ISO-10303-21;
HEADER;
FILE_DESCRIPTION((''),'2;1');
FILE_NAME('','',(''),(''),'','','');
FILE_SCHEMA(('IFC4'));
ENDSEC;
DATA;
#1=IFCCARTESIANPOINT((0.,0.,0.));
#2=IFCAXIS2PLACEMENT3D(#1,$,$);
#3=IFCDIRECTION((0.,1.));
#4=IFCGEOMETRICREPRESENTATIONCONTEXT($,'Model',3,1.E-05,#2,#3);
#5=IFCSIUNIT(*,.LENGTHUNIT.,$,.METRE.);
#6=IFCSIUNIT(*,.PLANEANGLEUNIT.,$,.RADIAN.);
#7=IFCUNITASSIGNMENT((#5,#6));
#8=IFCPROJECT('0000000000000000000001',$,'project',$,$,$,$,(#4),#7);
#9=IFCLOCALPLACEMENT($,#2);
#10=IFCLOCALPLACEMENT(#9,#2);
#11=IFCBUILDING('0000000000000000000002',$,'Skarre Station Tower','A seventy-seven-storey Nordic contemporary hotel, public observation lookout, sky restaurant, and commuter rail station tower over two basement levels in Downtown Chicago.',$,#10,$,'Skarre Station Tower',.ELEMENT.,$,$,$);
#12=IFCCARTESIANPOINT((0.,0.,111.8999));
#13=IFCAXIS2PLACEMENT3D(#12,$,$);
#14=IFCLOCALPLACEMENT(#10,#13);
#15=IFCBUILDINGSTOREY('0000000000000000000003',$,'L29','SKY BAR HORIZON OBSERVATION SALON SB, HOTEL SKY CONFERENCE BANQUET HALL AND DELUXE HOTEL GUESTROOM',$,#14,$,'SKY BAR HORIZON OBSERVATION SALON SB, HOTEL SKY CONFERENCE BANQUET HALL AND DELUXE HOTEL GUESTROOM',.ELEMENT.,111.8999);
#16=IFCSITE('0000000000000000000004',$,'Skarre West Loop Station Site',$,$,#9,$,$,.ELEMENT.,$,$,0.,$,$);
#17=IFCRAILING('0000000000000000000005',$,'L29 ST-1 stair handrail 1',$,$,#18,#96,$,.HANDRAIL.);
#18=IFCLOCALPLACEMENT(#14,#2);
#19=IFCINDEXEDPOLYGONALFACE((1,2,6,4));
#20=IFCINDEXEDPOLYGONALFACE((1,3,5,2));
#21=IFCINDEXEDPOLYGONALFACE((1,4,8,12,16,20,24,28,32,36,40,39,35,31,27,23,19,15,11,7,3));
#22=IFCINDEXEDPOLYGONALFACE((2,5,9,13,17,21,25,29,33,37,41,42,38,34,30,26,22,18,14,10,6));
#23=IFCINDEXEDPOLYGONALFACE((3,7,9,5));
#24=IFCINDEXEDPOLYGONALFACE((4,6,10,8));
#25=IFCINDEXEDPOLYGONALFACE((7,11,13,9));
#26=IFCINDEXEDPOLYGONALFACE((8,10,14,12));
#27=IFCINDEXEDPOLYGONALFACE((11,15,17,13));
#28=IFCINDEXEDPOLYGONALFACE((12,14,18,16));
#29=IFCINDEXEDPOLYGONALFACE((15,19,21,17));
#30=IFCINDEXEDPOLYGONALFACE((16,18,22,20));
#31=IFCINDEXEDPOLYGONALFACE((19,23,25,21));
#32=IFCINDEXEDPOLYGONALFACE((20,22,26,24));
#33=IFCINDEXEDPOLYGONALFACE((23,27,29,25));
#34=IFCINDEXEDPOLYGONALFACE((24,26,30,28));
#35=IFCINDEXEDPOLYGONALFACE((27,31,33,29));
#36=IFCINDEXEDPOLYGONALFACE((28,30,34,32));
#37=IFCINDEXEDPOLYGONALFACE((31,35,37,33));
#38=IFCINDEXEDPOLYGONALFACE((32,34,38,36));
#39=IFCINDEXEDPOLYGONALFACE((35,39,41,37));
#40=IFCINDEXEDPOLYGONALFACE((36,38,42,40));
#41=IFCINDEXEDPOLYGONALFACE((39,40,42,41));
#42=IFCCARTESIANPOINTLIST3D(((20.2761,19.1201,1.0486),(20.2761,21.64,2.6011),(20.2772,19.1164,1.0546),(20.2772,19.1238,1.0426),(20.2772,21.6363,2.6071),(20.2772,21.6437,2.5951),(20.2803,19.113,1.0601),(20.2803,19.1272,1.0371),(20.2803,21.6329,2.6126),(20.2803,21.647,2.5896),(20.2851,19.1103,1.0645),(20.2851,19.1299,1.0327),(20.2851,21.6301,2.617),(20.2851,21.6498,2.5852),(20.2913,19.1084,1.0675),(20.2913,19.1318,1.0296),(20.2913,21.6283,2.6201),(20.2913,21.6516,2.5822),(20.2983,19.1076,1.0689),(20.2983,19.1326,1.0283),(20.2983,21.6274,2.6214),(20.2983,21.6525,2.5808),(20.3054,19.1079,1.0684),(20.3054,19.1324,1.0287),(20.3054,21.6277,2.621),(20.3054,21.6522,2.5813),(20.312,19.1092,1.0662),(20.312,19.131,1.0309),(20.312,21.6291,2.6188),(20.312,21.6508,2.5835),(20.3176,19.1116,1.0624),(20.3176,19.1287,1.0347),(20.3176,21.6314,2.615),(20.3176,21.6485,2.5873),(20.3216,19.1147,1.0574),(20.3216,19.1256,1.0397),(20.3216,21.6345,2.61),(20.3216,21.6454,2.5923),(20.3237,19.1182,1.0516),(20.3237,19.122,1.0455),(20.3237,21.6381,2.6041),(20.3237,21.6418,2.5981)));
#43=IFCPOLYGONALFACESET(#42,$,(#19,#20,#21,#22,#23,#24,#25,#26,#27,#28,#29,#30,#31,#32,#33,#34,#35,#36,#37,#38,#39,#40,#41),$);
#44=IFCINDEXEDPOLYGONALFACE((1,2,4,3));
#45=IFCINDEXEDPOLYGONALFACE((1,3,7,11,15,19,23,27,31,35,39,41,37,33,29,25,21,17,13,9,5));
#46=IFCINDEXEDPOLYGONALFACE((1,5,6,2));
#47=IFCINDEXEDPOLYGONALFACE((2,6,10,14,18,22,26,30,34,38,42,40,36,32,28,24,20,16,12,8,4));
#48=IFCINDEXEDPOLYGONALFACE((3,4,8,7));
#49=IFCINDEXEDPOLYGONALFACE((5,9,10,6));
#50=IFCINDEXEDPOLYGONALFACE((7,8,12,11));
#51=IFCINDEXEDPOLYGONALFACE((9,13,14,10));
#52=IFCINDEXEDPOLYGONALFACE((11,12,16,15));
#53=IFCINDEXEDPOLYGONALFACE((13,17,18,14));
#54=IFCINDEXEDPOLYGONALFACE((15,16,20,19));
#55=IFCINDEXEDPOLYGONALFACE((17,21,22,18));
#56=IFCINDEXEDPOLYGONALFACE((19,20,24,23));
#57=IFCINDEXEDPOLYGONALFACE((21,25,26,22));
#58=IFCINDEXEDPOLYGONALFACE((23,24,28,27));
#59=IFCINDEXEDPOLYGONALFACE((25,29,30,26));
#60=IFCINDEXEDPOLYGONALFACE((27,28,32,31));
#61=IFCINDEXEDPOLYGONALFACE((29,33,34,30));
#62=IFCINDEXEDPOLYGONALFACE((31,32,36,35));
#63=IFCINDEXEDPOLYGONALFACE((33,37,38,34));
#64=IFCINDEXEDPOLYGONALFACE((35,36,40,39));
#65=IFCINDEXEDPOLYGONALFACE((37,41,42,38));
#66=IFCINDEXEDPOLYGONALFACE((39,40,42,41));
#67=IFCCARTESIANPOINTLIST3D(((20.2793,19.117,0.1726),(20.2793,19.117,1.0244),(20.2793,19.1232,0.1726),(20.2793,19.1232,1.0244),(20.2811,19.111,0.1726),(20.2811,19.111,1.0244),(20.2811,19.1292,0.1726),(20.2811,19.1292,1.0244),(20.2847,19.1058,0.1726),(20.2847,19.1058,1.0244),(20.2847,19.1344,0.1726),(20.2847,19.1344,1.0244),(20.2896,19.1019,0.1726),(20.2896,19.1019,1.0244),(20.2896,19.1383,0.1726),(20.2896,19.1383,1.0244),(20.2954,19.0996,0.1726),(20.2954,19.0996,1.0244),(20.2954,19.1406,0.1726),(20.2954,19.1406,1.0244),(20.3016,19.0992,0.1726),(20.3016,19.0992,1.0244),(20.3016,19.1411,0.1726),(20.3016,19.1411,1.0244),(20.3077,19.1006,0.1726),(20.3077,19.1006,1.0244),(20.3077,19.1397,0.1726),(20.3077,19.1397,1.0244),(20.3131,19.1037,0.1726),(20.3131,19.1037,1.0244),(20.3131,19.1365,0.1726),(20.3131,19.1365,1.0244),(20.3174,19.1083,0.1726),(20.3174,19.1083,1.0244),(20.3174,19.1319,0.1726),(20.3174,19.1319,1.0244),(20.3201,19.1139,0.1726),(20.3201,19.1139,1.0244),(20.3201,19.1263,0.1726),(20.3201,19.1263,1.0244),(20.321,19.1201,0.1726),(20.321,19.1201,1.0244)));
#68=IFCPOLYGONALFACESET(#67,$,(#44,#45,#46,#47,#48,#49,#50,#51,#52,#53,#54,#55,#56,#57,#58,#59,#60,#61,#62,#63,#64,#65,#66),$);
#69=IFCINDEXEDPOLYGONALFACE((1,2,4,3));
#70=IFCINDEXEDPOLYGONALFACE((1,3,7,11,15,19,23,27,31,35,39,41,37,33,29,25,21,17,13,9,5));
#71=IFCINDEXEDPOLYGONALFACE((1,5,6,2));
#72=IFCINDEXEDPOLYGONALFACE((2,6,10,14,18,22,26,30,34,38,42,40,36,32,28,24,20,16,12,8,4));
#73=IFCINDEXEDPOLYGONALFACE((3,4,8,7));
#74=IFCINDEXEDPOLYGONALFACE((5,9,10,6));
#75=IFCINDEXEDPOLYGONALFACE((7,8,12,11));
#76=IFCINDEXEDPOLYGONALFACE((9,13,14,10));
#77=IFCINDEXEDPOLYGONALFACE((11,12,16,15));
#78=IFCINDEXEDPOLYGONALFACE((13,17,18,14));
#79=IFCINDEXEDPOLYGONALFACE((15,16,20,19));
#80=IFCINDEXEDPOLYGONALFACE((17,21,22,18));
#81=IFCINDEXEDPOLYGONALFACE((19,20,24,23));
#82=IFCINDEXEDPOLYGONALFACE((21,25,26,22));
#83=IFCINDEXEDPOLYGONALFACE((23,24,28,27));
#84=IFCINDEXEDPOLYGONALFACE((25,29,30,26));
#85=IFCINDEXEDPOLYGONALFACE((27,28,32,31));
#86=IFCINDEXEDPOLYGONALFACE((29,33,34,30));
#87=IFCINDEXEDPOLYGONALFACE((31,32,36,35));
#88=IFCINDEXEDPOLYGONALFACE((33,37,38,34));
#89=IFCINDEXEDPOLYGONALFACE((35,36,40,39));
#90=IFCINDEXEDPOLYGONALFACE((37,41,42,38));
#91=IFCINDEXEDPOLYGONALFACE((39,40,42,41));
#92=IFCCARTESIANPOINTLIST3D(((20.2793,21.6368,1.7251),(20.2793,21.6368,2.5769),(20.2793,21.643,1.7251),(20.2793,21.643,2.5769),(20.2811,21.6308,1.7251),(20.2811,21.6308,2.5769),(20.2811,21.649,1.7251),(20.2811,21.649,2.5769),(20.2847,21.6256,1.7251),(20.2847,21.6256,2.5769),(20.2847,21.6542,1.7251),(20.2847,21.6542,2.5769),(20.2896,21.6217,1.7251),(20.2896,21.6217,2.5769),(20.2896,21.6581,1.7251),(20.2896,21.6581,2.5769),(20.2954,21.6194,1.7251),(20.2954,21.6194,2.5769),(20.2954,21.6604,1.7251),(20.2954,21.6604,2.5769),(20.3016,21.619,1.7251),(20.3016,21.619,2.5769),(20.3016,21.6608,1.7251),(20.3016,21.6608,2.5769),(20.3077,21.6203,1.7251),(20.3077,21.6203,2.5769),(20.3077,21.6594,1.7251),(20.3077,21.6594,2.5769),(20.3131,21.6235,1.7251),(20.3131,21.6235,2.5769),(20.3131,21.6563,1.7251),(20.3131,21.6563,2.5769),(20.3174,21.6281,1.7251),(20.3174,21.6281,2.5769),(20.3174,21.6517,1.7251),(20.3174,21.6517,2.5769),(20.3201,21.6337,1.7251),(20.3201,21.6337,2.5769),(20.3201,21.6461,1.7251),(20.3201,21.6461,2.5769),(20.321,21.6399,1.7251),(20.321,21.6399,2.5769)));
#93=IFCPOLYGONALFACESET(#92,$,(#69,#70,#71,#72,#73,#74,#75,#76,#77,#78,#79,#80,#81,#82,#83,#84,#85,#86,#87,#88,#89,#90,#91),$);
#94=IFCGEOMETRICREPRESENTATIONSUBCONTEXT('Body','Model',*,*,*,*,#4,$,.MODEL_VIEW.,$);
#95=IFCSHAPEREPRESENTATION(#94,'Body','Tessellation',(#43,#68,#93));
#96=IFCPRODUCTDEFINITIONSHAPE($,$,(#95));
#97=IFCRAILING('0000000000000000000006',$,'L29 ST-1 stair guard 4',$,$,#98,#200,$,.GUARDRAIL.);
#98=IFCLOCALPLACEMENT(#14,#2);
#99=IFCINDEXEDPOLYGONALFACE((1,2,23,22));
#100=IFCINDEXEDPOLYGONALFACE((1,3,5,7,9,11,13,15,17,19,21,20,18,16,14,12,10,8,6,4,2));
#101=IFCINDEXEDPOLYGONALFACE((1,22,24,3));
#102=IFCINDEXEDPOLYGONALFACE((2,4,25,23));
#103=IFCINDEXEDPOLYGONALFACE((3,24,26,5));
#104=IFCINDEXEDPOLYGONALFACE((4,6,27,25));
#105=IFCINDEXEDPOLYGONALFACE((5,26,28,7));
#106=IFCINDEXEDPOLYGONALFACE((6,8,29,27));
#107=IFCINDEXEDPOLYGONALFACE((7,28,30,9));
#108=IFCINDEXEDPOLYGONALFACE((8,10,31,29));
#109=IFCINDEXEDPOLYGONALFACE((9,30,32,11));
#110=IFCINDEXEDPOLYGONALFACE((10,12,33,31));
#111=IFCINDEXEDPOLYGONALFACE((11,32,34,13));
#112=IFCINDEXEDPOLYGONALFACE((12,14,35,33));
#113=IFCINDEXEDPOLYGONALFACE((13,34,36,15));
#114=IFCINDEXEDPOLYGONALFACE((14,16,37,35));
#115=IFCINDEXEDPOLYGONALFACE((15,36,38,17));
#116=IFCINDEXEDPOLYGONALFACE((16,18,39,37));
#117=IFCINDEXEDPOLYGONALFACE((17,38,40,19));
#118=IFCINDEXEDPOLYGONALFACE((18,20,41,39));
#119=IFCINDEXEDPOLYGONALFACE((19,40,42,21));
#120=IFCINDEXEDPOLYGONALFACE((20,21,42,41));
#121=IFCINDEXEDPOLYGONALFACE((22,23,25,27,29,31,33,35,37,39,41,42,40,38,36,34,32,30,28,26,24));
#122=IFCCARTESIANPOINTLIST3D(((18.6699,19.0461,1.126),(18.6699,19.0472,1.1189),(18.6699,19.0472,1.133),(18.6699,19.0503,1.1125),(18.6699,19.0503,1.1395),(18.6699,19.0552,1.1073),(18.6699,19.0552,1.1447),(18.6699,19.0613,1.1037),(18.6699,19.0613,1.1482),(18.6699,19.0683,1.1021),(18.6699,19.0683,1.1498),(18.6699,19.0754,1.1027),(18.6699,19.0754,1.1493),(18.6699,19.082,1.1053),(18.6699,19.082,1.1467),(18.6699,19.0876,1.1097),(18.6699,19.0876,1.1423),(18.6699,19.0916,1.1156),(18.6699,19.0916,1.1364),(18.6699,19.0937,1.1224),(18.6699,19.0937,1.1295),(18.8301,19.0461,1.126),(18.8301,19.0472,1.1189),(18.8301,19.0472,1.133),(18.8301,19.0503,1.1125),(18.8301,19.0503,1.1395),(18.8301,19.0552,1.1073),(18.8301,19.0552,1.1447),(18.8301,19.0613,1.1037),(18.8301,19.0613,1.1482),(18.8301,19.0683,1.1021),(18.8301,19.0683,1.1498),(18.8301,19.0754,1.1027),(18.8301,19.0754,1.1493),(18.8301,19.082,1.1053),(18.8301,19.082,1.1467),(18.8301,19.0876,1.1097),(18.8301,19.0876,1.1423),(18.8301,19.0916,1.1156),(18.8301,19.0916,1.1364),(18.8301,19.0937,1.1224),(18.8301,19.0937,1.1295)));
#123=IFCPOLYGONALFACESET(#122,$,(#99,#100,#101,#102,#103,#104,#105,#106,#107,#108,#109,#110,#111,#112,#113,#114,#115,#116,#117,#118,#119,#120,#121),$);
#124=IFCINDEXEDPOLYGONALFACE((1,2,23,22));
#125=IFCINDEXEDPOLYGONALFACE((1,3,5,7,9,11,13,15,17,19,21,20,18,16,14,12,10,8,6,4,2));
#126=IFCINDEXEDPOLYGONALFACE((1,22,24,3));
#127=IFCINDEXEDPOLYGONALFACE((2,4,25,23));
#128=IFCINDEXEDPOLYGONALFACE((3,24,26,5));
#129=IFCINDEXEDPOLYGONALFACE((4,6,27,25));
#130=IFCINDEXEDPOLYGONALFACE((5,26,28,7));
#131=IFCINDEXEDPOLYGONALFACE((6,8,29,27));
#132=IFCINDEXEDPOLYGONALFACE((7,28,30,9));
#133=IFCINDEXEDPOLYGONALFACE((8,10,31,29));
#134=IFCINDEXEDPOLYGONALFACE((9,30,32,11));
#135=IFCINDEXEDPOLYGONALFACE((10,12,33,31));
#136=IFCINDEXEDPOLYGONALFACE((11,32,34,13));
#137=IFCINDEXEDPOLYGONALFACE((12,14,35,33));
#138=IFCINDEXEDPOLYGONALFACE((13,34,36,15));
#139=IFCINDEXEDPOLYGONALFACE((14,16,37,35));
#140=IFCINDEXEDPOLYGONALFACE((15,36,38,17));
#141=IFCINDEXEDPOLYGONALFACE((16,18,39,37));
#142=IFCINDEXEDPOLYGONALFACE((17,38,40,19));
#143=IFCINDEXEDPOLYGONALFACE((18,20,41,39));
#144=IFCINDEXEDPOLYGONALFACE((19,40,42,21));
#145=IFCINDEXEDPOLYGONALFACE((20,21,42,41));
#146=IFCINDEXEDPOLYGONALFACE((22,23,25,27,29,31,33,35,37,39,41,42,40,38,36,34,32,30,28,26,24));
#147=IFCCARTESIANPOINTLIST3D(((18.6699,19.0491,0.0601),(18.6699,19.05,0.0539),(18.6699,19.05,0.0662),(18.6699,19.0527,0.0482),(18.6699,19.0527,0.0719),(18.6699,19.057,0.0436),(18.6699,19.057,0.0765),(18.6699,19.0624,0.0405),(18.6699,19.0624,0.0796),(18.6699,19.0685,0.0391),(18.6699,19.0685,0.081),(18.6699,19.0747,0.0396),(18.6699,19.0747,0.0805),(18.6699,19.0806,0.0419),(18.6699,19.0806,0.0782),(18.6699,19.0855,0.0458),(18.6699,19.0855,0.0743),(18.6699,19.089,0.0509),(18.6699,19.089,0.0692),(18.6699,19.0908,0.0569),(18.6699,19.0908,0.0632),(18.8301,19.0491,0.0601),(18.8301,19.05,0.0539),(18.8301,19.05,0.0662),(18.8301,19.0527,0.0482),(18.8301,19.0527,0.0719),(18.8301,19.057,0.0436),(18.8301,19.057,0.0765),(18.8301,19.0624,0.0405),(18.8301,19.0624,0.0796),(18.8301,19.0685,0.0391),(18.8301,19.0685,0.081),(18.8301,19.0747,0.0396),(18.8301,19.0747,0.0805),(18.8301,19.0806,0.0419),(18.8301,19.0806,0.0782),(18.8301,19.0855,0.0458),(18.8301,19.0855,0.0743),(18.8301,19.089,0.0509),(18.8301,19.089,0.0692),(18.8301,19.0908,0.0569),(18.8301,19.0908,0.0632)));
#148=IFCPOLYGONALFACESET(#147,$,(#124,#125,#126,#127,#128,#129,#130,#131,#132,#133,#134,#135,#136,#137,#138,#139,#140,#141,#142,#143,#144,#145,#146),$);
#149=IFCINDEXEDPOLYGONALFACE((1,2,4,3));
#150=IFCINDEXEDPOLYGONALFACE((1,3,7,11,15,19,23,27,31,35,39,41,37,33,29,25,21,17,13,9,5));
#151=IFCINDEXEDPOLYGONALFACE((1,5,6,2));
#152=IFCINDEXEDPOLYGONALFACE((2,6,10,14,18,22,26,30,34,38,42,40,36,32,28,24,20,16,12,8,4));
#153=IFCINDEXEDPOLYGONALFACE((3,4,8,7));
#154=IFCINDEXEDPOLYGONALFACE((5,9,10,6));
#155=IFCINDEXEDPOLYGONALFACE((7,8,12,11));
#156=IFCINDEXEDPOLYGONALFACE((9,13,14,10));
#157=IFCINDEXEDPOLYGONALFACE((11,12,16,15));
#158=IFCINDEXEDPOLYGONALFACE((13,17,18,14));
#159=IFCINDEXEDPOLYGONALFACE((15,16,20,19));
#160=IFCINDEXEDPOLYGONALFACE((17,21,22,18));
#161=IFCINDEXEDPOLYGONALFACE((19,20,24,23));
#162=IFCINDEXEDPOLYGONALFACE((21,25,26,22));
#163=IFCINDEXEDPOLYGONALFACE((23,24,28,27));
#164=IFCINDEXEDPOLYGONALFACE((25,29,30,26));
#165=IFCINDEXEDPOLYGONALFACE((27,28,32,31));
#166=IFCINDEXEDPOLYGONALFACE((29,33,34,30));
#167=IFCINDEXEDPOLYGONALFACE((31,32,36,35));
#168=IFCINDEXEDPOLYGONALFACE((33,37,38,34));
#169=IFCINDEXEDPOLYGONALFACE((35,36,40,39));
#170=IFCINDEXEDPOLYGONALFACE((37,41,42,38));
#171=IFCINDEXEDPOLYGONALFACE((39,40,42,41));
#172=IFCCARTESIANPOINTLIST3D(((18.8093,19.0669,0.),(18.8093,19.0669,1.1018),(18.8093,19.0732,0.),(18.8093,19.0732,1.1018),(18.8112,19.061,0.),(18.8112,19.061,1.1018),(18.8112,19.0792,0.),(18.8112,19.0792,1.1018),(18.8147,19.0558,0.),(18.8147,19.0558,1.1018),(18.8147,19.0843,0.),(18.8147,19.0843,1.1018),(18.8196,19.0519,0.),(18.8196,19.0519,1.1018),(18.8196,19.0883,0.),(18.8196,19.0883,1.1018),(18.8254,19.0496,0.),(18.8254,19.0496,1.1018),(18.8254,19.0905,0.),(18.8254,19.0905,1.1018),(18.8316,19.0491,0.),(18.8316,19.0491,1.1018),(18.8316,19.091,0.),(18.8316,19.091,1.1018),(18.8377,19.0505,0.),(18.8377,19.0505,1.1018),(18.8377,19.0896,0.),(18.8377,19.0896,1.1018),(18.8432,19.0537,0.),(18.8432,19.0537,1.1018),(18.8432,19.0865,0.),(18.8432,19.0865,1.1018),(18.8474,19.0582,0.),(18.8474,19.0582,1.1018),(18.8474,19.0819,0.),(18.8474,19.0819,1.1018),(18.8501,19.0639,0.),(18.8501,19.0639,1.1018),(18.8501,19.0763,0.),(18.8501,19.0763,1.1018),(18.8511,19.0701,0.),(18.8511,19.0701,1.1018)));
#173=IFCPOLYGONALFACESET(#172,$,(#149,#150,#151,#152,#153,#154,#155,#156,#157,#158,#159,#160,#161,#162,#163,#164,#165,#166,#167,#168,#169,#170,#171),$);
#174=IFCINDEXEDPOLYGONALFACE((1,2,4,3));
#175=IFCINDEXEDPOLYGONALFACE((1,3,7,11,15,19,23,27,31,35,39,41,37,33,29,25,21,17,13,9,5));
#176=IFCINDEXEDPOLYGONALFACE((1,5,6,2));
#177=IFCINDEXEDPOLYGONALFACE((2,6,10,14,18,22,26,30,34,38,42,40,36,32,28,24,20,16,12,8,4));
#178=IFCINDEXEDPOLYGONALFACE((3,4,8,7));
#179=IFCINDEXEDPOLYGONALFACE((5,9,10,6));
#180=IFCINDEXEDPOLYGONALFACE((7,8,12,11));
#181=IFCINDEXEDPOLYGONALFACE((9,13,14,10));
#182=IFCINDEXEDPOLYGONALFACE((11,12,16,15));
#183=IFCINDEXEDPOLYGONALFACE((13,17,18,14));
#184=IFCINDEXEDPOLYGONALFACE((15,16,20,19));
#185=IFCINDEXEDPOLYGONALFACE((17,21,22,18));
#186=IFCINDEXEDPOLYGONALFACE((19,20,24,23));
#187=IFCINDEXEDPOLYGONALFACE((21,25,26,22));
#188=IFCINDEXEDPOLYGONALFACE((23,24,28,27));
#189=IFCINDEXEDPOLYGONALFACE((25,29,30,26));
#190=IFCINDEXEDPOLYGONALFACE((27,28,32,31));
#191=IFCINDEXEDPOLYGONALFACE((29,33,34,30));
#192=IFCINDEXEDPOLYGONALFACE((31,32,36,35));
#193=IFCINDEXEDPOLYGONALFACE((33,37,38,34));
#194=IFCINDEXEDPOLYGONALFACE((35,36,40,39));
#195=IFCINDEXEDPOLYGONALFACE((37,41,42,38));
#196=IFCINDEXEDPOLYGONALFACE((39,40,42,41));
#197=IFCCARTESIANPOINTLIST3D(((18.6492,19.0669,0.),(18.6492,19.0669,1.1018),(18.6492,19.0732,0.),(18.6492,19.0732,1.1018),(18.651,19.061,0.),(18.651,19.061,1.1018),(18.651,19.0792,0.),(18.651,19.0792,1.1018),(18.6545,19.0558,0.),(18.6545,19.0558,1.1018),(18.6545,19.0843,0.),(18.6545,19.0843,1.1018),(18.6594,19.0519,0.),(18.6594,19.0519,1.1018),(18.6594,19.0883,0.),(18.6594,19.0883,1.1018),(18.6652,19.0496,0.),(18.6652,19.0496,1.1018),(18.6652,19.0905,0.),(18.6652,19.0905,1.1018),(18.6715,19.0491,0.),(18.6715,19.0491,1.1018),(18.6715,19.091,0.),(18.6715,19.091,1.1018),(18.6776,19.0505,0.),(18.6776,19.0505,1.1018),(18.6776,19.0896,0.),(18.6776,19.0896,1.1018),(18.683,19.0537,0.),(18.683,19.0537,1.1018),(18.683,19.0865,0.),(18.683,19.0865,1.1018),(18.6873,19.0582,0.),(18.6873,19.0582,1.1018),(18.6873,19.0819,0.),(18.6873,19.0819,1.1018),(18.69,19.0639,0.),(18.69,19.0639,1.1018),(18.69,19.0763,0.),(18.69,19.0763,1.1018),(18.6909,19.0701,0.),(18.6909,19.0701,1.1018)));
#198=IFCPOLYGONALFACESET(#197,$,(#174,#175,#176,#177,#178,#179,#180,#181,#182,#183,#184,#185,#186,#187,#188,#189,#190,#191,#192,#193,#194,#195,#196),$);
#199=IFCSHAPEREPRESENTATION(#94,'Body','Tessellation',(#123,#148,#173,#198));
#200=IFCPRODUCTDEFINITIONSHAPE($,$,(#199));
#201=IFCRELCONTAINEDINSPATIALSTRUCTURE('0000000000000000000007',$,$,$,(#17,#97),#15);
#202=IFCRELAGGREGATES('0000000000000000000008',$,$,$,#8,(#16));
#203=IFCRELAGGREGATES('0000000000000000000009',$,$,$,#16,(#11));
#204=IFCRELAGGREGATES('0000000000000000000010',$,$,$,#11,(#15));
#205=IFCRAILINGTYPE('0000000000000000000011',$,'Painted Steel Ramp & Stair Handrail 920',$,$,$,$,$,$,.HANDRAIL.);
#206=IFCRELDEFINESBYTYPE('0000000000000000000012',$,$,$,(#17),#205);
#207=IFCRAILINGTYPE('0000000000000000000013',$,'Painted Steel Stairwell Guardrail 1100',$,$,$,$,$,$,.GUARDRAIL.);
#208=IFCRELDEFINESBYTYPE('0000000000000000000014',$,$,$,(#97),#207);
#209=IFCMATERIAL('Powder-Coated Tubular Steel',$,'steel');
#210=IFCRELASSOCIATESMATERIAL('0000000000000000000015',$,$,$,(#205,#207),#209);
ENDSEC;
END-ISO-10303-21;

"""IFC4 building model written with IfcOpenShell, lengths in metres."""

from ifc_helpers import new_model, si_unit, direction, frame, origin, origin_2d, place, context, subcontext, project, spatial, circle, extrude, material, type_object, element, save


model = new_model("IFC4")

# Units and contexts
model_context = context("Model", 3, precision=1e-05, world=origin(), true_north=direction((0.0, 1.0)))
body_context = subcontext(model_context, "Body", "Model", "MODEL_VIEW")
ifc_project = project(units=[si_unit("LENGTHUNIT", "METRE"), si_unit("PLANEANGLEUNIT", "RADIAN")], contexts=[model_context])

# Site, building, storey
site_placement = place(None, origin())
site = spatial("IfcSite", under=ifc_project, at=site_placement, Name="Skarre West Loop Station Site", CompositionType="ELEMENT", RefElevation=0.0)
building_placement = place(site_placement, origin())
building = spatial("IfcBuilding", under=site, at=building_placement, Name="Skarre Station Tower", Description="A seventy-seven-storey Nordic contemporary hotel, public observation lookout, sky restaurant, and commuter rail station tower over two basement levels in Downtown Chicago.", LongName="Skarre Station Tower", CompositionType="ELEMENT")
storey_placement = place(building_placement, frame((0.0, 0.0, 111.8999)))
storey = spatial("IfcBuildingStorey", under=building, at=storey_placement, Name="L29", Description="SKY BAR HORIZON OBSERVATION SALON SB, HOTEL SKY CONFERENCE BANQUET HALL AND DELUXE HOTEL GUESTROOM", LongName="SKY BAR HORIZON OBSERVATION SALON SB, HOTEL SKY CONFERENCE BANQUET HALL AND DELUXE HOTEL GUESTROOM", CompositionType="ELEMENT", Elevation=111.8999)

# Railings
ifc_material_1 = material(Name="Powder-Coated Tubular Steel", Category="steel")
railing_type_1 = type_object("IfcRailingType", Name="Painted Steel Ramp & Stair Handrail 920", PredefinedType="HANDRAIL", material=ifc_material_1)
railing_1_placement = place(storey_placement, frame((20.3, 19.1201, 0.1726)))
element("IfcRailing", 1, at=railing_1_placement, inside=storey, type_object=railing_type_1, Name="L29 ST-1 stair handrail 1", PredefinedType="HANDRAIL", context=body_context, shape_type="SweptSolid", body=[
    extrude(circle(Radius=0.0239, at=origin_2d()), frame((0.0, 0.0, 0.876), z_axis=(0.0, 0.851378, 0.524553), x_axis=(-1.0, 0.0, 0.0)), (0.0, 0.0, 1.0), 2.9597),
    extrude(circle(Radius=0.021, at=origin_2d()), origin(), (0.0, 0.0, 1.0), 0.8518),
    extrude(circle(Radius=0.021, at=origin_2d()), frame((0.0, 2.5198, 1.5525)), (0.0, 0.0, 1.0), 0.8518),
])
railing_type_2 = type_object("IfcRailingType", Name="Painted Steel Stairwell Guardrail 1100", PredefinedType="GUARDRAIL", material=ifc_material_1)
railing_2_placement = place(storey_placement, frame((18.8301, 19.0701, 0.0)))
element("IfcRailing", 2, at=railing_2_placement, inside=storey, type_object=railing_type_2, Name="L29 ST-1 stair guard 4", PredefinedType="GUARDRAIL", context=body_context, shape_type="SweptSolid", body=[
    extrude(circle(Radius=0.0239, at=origin_2d()), frame((0.0, 0.0, 1.126), z_axis=(-1.0, 0.0, 0.0), x_axis=(0.0, -1.0, 0.0)), (0.0, 0.0, 1.0), 0.1602),
    extrude(circle(Radius=0.021, at=origin_2d()), frame((0.0, 0.0, 0.0601), z_axis=(-1.0, 0.0, 0.0), x_axis=(0.0, -1.0, 0.0)), (0.0, 0.0, 1.0), 0.1602),
    extrude(circle(Radius=0.021, at=origin_2d()), origin(), (0.0, 0.0, 1.0), 1.1018),
    extrude(circle(Radius=0.021, at=origin_2d()), frame((-0.1602, 0.0, 0.0)), (0.0, 0.0, 1.0), 1.1018),
])

save(model, "model.ifc")
